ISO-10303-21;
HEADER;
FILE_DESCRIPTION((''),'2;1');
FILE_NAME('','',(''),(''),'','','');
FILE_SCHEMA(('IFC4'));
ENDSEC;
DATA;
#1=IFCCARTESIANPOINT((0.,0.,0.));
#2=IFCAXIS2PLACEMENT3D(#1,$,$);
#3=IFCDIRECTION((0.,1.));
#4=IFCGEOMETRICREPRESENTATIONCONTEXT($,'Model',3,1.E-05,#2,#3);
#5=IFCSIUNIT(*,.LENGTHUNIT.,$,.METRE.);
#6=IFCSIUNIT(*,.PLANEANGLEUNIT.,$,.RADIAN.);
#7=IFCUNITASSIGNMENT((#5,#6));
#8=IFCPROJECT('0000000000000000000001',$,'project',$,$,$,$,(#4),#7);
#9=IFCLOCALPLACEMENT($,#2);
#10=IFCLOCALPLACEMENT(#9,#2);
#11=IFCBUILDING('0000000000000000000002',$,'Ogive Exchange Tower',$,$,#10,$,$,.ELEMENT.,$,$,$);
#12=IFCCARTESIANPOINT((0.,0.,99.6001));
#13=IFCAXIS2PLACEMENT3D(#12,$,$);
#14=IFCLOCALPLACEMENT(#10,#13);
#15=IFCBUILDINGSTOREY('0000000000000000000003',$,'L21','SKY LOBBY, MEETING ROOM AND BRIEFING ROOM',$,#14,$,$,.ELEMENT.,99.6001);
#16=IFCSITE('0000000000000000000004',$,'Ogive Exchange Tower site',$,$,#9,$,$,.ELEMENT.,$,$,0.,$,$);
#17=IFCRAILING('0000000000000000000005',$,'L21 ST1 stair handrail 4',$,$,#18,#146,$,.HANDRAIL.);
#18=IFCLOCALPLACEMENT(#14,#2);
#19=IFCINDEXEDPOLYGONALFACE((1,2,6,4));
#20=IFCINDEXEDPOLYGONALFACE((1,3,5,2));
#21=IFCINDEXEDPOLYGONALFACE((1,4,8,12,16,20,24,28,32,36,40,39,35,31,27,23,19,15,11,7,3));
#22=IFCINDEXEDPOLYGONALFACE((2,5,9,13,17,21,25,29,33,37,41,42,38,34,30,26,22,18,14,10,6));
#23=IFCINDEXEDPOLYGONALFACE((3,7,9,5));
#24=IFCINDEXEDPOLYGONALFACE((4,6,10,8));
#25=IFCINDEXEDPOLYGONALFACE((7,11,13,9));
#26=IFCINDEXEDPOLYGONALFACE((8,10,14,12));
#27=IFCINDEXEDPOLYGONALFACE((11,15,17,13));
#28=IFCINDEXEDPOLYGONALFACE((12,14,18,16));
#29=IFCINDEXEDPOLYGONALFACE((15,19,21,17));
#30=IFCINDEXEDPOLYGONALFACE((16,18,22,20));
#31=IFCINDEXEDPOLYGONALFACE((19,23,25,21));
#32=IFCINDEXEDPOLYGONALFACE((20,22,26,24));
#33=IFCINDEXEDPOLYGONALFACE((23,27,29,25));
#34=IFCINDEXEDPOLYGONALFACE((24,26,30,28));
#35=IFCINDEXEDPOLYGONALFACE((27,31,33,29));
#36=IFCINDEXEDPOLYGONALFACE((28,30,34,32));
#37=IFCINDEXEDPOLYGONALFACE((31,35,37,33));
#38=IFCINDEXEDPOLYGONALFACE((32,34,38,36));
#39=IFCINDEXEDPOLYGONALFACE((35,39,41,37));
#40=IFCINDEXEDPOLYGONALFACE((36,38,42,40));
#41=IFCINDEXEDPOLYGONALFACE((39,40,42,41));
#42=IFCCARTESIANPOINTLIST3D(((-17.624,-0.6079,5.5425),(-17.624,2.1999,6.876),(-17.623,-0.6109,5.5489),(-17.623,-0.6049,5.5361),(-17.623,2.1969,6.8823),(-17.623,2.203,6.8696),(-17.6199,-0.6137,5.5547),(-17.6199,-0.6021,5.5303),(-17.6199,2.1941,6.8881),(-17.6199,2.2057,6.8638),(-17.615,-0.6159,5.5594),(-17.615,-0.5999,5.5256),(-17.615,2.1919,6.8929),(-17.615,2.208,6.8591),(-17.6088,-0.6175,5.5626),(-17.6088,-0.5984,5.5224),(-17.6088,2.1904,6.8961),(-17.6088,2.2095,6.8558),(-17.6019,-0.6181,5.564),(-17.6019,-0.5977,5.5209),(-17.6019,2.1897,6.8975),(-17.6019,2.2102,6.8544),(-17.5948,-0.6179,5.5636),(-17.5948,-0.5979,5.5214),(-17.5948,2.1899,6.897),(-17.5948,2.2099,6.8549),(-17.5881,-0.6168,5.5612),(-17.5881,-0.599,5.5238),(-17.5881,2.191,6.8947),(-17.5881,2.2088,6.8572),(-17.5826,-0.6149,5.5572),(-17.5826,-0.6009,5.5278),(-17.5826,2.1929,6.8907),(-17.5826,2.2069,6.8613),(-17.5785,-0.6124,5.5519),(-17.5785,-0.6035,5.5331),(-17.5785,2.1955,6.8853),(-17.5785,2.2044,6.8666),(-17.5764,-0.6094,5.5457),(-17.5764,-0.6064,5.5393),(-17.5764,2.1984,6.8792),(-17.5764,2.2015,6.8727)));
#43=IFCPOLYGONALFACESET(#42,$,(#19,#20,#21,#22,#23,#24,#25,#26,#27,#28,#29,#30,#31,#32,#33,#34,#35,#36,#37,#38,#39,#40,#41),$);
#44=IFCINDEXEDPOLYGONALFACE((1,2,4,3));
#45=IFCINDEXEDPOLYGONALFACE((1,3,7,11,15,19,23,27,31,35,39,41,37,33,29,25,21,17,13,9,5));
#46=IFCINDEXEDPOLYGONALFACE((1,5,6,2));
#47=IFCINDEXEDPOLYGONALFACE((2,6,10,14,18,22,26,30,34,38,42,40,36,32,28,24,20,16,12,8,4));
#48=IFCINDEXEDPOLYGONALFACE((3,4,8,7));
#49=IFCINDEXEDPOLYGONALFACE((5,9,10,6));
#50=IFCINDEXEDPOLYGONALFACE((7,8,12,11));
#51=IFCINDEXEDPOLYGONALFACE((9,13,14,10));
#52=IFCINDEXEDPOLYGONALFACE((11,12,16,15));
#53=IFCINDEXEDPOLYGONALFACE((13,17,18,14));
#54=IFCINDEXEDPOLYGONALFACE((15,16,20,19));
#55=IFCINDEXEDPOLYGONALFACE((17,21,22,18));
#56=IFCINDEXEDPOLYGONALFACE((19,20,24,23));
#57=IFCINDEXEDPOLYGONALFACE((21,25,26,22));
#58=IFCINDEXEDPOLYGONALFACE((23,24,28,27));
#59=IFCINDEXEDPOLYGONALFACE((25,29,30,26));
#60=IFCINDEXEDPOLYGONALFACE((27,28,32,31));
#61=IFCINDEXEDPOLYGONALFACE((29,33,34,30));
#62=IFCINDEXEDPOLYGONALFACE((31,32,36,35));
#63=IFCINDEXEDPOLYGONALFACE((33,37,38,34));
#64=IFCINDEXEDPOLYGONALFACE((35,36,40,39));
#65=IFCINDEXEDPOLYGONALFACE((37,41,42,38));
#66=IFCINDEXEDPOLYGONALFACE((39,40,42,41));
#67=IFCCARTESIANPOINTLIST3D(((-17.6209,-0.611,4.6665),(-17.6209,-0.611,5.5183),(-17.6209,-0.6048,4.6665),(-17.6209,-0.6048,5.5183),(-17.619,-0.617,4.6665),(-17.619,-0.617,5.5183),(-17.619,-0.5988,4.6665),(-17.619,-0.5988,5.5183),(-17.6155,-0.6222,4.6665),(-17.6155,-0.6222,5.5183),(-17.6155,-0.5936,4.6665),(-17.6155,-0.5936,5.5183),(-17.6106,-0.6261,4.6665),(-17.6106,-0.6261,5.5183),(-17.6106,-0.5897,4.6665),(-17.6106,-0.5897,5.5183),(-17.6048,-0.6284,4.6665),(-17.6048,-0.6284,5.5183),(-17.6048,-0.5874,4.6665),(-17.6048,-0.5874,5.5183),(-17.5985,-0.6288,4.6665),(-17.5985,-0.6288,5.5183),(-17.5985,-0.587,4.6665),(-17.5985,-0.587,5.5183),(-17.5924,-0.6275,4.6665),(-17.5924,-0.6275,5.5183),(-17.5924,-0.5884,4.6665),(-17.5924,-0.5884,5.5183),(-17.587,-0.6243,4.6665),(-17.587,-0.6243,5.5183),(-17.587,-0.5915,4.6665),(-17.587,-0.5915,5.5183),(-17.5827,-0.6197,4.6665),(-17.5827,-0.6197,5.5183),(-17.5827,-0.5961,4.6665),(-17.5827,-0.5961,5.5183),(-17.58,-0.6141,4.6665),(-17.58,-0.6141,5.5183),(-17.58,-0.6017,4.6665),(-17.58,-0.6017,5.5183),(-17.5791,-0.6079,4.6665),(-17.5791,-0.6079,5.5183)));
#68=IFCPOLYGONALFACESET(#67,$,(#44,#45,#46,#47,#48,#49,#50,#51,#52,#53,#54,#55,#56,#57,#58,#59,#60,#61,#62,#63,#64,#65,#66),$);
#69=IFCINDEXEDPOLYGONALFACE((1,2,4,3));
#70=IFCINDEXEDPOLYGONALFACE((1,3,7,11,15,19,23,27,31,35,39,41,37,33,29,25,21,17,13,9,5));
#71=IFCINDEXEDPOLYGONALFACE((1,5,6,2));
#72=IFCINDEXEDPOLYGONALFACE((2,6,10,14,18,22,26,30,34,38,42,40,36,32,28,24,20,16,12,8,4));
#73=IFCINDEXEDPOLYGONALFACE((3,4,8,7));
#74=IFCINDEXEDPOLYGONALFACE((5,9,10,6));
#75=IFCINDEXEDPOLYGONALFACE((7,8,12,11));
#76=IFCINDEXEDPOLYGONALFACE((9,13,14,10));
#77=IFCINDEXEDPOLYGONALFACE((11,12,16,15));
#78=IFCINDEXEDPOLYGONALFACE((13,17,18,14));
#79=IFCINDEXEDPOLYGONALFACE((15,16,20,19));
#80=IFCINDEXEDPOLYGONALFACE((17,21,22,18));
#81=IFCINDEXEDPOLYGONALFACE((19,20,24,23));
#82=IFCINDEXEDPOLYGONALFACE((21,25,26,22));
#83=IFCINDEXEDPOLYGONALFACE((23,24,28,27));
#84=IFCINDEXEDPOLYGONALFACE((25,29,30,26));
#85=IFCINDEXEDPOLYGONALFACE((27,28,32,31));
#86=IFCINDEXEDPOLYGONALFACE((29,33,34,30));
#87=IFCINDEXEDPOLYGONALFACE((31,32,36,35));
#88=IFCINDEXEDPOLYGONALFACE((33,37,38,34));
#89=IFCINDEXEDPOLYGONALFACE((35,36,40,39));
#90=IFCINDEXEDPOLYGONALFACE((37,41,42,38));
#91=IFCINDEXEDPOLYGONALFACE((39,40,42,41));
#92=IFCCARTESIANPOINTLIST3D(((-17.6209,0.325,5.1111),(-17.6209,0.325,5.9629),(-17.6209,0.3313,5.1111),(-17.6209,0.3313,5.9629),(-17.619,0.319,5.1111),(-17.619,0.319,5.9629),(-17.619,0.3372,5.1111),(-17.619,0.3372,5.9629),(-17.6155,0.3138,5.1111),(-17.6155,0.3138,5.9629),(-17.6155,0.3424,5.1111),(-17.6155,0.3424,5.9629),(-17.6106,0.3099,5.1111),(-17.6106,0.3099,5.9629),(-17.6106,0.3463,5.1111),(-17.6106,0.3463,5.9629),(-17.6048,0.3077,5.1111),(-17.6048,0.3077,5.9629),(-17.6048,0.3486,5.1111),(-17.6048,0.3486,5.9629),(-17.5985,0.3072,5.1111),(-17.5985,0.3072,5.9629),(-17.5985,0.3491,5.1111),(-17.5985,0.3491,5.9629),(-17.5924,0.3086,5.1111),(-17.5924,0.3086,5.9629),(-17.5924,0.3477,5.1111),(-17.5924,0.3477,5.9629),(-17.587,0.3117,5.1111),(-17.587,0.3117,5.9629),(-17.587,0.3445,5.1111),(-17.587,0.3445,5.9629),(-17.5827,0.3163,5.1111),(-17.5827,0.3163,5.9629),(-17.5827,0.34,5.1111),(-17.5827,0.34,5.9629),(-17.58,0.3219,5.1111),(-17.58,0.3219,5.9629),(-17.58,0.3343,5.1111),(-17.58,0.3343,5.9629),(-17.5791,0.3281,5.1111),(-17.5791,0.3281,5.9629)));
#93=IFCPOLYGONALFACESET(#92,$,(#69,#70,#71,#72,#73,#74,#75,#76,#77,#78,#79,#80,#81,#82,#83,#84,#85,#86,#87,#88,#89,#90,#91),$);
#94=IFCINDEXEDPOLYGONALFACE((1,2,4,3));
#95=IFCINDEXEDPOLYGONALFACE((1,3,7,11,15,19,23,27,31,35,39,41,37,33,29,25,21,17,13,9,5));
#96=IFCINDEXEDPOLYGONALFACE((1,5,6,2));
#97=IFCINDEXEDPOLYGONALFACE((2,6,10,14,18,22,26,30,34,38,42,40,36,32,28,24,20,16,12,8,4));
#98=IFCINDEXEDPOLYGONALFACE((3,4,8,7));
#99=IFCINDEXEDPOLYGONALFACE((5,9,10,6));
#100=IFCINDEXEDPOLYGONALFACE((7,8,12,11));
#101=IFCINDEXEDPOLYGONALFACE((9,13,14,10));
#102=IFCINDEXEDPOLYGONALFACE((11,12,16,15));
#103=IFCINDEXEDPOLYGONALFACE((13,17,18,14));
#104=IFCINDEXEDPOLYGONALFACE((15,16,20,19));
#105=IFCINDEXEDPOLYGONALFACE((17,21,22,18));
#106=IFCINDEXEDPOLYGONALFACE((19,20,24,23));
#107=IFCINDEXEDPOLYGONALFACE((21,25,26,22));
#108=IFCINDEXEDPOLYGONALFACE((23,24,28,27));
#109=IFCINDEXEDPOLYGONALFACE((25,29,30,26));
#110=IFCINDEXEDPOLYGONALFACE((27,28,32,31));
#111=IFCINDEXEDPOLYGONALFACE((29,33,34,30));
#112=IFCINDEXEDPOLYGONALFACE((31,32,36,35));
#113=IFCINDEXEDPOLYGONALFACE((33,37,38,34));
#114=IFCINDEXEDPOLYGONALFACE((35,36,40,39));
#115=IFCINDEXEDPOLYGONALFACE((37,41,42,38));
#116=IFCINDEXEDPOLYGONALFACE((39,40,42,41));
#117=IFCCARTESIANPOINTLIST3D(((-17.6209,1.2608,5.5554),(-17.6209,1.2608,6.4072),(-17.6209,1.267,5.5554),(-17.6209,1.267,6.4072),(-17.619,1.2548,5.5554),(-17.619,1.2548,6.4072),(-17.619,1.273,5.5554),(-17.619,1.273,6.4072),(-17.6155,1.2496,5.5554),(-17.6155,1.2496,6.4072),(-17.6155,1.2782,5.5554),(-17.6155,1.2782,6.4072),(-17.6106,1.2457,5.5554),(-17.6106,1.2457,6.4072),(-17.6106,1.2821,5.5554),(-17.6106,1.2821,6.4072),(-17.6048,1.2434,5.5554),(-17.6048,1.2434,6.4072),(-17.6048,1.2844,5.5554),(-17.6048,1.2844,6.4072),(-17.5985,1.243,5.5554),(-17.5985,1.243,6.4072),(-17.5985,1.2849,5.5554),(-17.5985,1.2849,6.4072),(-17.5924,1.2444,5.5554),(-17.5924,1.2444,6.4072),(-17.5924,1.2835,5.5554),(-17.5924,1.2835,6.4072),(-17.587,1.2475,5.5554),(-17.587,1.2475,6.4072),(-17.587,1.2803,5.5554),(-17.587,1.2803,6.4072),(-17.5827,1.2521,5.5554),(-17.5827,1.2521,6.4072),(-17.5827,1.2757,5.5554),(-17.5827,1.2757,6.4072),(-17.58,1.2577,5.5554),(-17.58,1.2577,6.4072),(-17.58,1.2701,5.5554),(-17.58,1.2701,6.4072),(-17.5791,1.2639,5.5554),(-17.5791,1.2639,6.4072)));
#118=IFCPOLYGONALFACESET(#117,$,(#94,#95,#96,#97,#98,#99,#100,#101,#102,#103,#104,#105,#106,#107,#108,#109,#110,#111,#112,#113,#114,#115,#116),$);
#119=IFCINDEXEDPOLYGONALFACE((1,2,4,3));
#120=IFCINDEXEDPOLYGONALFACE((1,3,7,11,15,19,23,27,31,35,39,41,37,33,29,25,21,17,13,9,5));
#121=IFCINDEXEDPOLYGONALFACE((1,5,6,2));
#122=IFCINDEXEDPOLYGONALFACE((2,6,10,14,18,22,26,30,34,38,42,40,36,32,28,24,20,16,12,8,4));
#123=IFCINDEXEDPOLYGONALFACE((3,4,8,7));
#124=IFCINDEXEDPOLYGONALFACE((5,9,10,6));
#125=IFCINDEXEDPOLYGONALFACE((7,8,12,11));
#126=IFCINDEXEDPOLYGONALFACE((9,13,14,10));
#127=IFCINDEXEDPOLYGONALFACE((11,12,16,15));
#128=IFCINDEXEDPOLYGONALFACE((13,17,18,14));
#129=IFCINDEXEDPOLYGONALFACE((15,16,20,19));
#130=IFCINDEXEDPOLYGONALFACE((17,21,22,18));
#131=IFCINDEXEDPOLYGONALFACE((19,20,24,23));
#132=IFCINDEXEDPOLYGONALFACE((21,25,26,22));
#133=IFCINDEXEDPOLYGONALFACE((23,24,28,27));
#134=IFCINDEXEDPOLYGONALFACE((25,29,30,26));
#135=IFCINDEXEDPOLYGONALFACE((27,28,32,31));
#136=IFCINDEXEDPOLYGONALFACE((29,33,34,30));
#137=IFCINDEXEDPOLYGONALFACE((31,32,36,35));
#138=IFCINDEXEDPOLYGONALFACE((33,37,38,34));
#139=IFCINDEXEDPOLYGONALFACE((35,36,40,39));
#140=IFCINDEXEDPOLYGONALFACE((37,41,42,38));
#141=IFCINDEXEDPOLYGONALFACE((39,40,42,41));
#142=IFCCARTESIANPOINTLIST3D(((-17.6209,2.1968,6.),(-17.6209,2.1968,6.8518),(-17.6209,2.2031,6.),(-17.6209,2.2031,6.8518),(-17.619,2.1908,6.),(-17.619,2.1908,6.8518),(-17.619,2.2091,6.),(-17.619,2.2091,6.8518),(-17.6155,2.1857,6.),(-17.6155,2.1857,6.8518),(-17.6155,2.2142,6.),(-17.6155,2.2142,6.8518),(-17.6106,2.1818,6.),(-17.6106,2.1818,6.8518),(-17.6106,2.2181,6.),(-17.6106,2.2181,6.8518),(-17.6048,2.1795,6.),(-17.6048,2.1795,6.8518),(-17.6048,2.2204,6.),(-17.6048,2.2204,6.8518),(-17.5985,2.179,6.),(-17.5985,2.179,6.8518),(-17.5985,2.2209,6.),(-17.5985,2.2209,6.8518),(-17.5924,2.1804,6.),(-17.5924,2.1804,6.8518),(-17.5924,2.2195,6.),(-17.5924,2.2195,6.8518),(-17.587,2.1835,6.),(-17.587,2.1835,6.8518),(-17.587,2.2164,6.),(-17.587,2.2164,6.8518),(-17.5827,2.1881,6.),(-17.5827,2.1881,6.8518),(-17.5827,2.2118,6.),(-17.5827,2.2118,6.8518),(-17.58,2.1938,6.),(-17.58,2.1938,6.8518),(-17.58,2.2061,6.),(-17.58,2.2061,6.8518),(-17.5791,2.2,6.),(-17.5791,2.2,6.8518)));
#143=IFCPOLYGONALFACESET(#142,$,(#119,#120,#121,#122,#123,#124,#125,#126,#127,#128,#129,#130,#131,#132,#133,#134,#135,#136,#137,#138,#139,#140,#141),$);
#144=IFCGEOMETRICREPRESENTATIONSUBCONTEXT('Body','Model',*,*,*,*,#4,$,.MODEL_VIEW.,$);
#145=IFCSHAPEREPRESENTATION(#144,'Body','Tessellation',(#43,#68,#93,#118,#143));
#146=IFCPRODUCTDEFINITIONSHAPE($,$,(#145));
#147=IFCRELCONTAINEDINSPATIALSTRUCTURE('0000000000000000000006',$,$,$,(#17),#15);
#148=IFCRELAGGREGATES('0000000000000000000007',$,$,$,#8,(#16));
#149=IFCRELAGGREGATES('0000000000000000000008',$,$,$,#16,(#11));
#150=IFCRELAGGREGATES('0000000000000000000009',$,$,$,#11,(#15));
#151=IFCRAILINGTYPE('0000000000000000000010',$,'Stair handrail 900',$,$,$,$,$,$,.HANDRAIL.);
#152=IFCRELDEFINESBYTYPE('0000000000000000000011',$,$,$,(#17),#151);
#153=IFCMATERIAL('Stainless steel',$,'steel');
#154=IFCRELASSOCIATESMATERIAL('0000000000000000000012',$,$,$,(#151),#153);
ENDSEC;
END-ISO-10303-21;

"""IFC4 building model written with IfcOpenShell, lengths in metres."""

from ifc_helpers import new_model, si_unit, direction, frame, origin, origin_2d, place, context, subcontext, project, spatial, circle, extrude, material, type_object, element, save


model = new_model("IFC4")

# Units and contexts
model_context = context("Model", 3, precision=1e-05, world=origin(), true_north=direction((0.0, 1.0)))
body_context = subcontext(model_context, "Body", "Model", "MODEL_VIEW")
ifc_project = project(units=[si_unit("LENGTHUNIT", "METRE"), si_unit("PLANEANGLEUNIT", "RADIAN")], contexts=[model_context])

# Site, building, storey
site_placement = place(None, origin())
site = spatial("IfcSite", under=ifc_project, at=site_placement, Name="Ogive Exchange Tower site", CompositionType="ELEMENT", RefElevation=0.0)
building_placement = place(site_placement, origin())
building = spatial("IfcBuilding", under=site, at=building_placement, Name="Ogive Exchange Tower", CompositionType="ELEMENT")
storey_placement = place(building_placement, frame((0.0, 0.0, 99.6001)))
storey = spatial("IfcBuildingStorey", under=building, at=storey_placement, Name="L21", Description="SKY LOBBY, MEETING ROOM AND BRIEFING ROOM", CompositionType="ELEMENT", Elevation=99.6001)

# Shared definitions
ifc_material_1 = material(Name="Stainless steel", Category="steel")

# Railing
railing_type = type_object("IfcRailingType", Name="Stair handrail 900", PredefinedType="HANDRAIL", material=ifc_material_1)
for number, where, name in (
    (1, (-17.6001, -0.6079, 4.6665), "L21 ST1 stair handrail 4"),
):
    element("IfcRailing", number, at=place(storey_placement, frame(where)), inside=storey, type_object=railing_type, Name=name, PredefinedType="HANDRAIL", context=body_context, shape_type="SweptSolid", body=[
        extrude(circle(Radius=0.0239, at=origin_2d()), frame((0.0, 0.0, 0.876), z_axis=(0.0, 0.903307, 0.428994), x_axis=(-1.0, 0.0, 0.0)), (0.0, 0.0, 1.0), 3.1084),
        extrude(circle(Radius=0.021, at=origin_2d()), origin(), (0.0, 0.0, 1.0), 0.8518),
        extrude(circle(Radius=0.021, at=origin_2d()), frame((0.0, 0.936, 0.4446)), (0.0, 0.0, 1.0), 0.8518),
        extrude(circle(Radius=0.021, at=origin_2d()), frame((0.0, 1.8718, 0.8889)), (0.0, 0.0, 1.0), 0.8518),
        extrude(circle(Radius=0.021, at=origin_2d()), frame((0.0, 2.8079, 1.3335)), (0.0, 0.0, 1.0), 0.8518),
    ])

save(model, "model.ifc")
